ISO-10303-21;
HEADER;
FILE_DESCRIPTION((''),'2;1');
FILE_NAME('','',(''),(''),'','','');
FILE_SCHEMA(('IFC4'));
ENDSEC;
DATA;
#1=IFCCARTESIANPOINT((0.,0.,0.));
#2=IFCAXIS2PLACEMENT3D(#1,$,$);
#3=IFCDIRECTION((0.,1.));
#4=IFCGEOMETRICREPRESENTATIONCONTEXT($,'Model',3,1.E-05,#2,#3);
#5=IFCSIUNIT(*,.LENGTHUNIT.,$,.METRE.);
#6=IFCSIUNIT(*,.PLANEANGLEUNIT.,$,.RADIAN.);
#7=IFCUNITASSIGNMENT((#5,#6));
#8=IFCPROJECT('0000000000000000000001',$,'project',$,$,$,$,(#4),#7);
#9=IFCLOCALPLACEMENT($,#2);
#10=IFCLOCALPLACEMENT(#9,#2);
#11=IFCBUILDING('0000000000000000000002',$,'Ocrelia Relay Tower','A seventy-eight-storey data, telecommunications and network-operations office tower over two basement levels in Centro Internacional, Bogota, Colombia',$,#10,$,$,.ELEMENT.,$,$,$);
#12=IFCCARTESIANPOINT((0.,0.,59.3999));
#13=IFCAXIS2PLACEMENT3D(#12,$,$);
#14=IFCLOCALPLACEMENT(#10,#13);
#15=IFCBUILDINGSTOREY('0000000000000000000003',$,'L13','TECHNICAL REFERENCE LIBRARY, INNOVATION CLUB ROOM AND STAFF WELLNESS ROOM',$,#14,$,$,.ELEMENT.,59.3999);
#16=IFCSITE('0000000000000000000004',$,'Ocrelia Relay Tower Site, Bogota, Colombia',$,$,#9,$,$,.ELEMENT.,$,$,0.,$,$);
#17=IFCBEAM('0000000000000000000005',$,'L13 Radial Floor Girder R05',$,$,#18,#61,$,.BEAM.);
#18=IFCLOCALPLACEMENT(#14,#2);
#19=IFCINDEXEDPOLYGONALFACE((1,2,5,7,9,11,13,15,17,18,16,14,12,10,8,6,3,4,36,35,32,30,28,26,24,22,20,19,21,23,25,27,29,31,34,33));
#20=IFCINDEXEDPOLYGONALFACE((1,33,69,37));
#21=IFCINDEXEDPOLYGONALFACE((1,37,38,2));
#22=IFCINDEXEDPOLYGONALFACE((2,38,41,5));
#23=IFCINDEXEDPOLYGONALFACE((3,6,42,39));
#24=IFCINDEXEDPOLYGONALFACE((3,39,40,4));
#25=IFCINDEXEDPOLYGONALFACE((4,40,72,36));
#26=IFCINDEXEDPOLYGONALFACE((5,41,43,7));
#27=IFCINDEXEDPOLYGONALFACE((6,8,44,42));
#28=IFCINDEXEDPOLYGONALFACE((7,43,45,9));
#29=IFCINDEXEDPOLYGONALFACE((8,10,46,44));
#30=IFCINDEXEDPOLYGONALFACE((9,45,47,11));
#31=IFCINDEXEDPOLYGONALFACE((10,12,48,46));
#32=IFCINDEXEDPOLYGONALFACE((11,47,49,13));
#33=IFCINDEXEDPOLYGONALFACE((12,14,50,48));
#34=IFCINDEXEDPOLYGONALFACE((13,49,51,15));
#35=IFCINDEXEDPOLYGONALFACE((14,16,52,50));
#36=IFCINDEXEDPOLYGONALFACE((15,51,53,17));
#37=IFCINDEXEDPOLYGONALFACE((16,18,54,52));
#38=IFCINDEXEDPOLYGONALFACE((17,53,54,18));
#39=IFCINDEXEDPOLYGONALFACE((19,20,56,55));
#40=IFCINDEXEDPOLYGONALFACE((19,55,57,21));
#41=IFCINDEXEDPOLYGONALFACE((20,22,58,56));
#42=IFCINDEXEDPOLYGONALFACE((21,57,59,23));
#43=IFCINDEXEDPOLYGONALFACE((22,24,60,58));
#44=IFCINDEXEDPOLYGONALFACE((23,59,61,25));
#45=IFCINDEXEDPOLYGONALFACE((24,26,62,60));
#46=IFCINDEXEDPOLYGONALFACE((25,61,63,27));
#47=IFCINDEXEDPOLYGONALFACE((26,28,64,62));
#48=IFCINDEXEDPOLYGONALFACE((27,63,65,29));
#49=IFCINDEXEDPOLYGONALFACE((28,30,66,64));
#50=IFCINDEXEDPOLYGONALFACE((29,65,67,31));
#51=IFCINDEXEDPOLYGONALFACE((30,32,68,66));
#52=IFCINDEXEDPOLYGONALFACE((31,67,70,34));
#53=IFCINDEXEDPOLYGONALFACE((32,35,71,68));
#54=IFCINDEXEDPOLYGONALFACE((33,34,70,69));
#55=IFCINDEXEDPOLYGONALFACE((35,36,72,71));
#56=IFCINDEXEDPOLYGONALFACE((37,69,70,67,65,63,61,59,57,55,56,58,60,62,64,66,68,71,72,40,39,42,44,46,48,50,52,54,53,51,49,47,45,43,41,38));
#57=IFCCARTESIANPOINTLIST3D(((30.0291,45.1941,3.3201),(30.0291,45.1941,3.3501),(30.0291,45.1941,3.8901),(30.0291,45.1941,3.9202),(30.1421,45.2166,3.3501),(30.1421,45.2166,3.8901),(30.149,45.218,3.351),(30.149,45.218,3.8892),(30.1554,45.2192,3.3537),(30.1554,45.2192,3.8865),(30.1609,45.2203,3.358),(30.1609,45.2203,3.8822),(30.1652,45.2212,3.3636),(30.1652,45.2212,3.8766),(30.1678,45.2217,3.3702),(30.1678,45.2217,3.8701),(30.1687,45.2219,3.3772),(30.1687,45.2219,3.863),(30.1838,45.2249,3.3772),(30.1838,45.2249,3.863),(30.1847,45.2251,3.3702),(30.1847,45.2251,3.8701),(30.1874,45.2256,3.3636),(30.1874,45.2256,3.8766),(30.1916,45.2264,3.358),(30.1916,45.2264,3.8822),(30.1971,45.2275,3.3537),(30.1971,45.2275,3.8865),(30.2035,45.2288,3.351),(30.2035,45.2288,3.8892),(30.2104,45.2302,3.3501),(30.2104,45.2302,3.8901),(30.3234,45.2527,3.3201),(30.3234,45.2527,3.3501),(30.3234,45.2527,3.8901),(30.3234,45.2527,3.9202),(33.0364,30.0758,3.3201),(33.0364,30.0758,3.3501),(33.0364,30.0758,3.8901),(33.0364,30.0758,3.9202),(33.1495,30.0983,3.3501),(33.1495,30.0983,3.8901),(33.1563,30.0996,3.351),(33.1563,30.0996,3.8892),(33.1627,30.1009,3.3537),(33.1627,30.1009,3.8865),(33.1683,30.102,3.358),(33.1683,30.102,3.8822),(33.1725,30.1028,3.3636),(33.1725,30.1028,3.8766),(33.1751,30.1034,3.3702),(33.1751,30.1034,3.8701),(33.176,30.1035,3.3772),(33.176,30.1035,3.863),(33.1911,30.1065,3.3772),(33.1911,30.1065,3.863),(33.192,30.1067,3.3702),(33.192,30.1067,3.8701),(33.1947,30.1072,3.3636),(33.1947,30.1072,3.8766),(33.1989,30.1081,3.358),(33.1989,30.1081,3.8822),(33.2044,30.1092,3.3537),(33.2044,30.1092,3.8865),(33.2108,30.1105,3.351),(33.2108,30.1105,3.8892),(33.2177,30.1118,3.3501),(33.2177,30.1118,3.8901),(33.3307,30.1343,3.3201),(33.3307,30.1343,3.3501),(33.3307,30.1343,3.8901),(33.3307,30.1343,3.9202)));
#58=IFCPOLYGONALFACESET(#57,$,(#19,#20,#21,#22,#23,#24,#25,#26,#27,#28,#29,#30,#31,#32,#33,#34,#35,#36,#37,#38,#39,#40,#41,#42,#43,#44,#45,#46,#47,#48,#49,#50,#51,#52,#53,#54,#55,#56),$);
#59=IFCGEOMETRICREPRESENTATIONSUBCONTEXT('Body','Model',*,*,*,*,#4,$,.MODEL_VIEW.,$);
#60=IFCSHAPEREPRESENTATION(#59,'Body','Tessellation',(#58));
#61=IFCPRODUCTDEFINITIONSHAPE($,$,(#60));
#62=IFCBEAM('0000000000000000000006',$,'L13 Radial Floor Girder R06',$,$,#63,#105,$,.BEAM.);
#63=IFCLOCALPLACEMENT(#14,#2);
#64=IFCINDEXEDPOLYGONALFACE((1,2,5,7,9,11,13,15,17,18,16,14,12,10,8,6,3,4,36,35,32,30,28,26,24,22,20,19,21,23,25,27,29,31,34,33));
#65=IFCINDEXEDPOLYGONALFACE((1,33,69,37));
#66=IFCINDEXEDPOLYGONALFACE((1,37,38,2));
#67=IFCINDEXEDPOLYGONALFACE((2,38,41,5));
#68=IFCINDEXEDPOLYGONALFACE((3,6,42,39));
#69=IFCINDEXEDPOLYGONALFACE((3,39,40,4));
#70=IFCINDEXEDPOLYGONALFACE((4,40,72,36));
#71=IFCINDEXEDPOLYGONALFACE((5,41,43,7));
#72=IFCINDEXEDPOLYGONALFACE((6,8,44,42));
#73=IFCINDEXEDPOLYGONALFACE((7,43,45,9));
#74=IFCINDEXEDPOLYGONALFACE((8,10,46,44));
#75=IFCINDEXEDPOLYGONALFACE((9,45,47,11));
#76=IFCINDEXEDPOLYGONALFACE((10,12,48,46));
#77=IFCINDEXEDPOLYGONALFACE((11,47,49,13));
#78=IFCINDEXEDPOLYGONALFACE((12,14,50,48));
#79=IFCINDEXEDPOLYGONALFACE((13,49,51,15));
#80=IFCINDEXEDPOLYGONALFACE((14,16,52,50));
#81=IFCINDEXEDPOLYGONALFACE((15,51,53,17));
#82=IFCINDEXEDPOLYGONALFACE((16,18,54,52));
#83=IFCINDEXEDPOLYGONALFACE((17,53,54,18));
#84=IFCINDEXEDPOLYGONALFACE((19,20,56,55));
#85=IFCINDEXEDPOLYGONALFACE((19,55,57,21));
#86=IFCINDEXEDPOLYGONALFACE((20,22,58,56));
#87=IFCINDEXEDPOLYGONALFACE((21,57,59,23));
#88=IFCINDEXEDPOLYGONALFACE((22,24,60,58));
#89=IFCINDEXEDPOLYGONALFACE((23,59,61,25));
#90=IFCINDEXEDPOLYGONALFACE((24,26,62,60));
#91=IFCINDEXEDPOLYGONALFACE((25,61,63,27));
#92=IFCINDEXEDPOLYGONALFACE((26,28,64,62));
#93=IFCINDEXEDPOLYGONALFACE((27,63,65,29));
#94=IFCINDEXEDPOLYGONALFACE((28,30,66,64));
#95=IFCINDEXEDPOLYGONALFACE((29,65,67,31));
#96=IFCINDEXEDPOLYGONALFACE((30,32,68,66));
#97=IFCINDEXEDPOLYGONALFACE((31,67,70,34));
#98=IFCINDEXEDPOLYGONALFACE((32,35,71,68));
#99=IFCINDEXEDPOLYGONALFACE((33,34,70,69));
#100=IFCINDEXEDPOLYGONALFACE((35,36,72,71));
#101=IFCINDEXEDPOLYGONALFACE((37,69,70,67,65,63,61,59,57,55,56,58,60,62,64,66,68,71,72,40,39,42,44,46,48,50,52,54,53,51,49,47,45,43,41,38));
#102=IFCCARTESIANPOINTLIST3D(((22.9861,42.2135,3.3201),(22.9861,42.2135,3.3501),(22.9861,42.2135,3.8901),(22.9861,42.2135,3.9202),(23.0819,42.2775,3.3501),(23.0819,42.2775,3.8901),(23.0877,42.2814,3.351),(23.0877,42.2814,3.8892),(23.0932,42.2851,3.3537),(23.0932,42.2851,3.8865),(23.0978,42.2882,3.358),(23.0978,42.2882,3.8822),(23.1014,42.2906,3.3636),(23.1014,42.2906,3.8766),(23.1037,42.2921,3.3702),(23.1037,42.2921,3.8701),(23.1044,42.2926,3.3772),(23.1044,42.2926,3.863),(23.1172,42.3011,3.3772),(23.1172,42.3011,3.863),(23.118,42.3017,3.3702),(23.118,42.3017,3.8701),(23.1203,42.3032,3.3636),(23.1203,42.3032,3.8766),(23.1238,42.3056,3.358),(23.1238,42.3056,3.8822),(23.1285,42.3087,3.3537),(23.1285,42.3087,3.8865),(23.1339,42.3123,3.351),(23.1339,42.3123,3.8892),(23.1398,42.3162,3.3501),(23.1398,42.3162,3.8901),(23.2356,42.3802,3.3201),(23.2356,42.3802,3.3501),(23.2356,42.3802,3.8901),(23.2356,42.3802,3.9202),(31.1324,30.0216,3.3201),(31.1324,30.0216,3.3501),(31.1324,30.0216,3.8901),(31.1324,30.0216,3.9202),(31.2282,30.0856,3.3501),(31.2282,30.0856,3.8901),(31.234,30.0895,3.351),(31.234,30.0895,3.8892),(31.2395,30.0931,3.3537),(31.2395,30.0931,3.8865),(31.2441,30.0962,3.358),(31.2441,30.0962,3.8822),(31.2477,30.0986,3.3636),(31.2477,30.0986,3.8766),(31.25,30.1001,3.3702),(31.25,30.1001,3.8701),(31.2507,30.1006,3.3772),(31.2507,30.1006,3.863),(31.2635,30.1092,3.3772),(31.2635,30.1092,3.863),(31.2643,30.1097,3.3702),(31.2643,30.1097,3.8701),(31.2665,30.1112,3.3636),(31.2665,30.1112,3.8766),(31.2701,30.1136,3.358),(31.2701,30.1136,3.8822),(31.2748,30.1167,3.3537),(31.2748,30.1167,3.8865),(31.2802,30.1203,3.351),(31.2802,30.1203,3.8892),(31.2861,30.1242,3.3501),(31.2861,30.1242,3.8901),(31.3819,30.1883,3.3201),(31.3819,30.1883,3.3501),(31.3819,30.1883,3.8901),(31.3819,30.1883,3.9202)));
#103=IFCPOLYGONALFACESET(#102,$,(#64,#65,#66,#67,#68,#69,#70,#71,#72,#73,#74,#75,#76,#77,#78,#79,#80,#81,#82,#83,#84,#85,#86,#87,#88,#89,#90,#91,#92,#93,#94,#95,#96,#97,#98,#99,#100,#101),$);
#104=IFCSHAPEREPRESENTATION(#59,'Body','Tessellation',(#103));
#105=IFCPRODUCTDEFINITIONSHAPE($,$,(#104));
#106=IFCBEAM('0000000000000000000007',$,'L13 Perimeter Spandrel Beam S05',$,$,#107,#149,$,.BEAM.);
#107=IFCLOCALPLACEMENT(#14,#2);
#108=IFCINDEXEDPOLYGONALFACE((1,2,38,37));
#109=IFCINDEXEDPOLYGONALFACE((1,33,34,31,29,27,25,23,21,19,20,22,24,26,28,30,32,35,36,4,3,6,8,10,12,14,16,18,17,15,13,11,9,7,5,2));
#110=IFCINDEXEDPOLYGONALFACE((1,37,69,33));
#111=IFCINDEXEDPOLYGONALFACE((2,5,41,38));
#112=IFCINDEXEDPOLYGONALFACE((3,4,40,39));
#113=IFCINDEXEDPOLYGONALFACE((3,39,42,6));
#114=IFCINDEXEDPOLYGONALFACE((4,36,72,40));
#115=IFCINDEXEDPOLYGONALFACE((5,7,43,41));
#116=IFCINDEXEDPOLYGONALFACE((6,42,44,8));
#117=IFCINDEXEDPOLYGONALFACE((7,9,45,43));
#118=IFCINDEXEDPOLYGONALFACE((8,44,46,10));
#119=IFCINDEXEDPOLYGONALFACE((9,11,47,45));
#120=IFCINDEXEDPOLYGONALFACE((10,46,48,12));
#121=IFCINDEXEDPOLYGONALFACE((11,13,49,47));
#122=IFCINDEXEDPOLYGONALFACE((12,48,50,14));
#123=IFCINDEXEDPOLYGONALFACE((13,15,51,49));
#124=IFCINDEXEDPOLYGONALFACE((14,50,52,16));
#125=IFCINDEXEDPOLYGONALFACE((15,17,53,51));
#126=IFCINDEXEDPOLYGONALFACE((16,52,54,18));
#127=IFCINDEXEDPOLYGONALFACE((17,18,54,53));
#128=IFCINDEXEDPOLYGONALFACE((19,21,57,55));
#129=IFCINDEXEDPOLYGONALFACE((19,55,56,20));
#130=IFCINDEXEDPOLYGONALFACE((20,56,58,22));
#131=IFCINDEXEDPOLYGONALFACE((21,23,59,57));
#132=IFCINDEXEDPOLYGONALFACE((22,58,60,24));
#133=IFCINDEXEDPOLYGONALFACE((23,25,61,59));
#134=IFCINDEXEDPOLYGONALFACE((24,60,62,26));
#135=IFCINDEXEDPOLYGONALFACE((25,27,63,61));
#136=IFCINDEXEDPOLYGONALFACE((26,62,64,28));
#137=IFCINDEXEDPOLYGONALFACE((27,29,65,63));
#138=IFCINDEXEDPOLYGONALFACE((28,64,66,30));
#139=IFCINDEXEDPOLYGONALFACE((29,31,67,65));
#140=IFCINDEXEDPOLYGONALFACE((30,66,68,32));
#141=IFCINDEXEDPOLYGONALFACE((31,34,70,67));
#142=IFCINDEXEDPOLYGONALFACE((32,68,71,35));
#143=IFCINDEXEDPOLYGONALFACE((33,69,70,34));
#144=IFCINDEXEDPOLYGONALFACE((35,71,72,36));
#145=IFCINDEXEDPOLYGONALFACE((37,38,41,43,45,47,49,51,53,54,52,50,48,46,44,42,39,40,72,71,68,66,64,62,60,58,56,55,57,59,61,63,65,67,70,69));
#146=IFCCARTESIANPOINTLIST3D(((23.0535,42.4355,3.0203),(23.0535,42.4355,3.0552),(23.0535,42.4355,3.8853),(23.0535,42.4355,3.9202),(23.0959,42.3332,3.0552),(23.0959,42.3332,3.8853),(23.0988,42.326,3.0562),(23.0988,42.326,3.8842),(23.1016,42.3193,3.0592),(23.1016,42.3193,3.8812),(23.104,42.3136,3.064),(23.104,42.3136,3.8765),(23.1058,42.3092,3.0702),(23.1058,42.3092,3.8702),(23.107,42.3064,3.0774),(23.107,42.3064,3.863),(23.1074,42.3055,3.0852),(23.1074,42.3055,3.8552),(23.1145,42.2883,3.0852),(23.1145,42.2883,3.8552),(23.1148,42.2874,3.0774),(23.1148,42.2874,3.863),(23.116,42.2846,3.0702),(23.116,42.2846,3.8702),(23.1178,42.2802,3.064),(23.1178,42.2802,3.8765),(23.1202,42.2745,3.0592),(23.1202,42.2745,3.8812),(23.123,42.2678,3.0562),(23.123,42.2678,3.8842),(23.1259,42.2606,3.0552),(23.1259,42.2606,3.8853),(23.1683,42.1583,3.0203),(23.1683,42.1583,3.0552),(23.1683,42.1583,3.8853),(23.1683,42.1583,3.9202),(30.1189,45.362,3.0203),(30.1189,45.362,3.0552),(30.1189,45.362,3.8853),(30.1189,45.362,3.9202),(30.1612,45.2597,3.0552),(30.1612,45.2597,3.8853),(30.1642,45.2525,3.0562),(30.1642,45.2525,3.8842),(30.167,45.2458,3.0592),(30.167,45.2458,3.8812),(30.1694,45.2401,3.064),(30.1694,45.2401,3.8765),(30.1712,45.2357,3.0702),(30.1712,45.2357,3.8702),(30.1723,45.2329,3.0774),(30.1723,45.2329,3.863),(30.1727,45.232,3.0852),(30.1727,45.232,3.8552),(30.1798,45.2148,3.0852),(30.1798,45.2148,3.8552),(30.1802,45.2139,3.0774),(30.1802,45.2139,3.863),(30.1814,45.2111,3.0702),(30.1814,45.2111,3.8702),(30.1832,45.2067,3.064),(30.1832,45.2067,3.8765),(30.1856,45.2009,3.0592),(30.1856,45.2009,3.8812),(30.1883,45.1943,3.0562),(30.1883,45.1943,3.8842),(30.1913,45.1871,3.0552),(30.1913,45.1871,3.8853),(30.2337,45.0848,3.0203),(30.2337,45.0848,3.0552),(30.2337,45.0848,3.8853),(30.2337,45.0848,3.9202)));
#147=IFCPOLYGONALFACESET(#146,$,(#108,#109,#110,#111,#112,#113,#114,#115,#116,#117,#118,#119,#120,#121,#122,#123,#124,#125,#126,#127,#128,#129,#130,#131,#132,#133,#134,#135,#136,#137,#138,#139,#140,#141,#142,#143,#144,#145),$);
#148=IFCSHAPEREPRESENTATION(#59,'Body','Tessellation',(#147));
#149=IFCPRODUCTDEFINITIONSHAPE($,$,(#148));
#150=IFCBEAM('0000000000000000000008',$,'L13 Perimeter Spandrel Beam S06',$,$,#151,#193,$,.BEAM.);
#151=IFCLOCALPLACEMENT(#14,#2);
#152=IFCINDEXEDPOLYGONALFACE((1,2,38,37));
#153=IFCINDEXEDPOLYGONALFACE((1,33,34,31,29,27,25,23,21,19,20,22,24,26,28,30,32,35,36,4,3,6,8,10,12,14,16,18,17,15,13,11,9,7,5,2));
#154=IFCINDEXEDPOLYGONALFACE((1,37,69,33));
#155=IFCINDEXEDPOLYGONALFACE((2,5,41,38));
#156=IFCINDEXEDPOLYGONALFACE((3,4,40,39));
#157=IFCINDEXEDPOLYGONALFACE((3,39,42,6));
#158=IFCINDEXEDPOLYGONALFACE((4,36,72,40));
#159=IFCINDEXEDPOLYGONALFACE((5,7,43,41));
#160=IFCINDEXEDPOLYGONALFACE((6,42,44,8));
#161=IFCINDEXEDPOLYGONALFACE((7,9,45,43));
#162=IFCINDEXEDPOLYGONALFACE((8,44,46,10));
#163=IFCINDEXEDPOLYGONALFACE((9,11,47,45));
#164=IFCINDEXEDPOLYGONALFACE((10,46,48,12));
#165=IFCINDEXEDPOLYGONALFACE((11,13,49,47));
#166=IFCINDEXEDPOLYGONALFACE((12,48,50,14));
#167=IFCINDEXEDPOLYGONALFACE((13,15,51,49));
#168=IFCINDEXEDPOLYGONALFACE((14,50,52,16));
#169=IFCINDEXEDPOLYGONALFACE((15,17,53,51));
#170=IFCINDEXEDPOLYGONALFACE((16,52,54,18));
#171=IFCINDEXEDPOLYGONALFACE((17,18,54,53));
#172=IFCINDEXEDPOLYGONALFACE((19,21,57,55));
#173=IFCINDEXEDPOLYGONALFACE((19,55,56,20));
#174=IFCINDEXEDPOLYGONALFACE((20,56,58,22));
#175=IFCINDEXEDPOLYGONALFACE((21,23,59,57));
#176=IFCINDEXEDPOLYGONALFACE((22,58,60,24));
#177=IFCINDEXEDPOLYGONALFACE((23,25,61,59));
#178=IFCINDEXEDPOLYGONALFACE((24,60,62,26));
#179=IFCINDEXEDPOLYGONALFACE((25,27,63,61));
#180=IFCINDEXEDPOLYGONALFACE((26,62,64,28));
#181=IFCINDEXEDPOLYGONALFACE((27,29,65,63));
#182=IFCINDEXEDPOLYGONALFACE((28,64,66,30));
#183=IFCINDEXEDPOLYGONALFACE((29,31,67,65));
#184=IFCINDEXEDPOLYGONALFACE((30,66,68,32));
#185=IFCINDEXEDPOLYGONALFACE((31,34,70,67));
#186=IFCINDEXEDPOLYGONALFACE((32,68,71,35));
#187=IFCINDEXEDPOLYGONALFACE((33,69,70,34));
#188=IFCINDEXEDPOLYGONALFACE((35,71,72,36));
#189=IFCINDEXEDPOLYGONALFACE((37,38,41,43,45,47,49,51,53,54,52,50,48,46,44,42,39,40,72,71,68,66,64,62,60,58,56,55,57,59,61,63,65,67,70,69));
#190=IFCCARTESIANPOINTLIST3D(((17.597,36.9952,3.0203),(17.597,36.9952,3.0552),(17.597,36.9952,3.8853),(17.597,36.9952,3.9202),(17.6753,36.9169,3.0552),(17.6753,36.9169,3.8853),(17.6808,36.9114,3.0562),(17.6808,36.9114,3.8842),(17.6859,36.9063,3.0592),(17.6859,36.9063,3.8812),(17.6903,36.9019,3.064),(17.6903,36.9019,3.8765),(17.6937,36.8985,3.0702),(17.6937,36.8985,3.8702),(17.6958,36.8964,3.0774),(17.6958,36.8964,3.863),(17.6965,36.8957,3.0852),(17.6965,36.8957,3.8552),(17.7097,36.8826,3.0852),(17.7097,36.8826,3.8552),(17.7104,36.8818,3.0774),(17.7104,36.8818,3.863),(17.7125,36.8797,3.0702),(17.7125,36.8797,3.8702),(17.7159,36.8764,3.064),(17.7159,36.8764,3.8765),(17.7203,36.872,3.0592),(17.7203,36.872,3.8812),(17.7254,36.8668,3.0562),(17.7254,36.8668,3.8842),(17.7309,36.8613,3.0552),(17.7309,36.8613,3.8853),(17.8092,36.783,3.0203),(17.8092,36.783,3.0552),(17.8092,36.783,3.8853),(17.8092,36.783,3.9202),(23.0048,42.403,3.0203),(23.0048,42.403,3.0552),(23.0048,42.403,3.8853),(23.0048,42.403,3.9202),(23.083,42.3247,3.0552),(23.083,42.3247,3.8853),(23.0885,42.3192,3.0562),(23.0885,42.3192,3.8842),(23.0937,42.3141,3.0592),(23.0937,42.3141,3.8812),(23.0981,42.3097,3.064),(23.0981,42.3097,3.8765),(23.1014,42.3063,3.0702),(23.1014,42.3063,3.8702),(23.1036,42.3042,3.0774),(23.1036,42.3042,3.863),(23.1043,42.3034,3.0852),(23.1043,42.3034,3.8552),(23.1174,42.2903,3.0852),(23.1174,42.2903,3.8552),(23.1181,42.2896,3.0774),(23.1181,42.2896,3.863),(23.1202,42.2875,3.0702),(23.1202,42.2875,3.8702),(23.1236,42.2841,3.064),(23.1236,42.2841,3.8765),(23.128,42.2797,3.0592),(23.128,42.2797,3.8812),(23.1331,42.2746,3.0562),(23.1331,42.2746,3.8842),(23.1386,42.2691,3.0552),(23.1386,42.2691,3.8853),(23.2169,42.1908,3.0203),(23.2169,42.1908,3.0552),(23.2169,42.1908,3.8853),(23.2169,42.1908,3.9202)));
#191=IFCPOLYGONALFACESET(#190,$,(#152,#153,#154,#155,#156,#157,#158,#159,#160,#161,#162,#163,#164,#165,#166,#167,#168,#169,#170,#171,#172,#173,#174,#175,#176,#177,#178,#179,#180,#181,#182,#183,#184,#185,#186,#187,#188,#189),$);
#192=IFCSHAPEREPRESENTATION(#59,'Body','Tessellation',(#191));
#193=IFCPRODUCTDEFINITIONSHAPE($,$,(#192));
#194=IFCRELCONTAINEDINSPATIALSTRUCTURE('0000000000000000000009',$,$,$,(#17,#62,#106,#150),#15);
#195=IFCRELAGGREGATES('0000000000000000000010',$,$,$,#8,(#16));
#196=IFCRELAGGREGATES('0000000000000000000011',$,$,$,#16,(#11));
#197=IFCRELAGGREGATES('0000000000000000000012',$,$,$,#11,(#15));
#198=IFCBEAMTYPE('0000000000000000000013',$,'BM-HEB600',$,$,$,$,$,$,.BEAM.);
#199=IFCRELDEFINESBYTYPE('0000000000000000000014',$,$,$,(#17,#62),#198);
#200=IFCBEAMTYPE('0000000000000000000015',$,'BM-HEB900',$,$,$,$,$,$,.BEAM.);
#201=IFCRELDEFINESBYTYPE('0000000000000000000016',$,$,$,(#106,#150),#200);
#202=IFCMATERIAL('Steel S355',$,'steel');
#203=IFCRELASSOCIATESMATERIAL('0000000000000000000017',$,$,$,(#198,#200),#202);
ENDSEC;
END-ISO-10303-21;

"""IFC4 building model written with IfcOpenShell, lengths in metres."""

from ifc_helpers import new_model, si_unit, direction, frame, origin, origin_2d, place, context, subcontext, project, spatial, i_section, extrude, material, material_profile, profile_set, type_object, element, save


model = new_model("IFC4")

# Units and contexts
model_context = context("Model", 3, precision=1e-05, world=origin(), true_north=direction((0.0, 1.0)))
body_context = subcontext(model_context, "Body", "Model", "MODEL_VIEW")
ifc_project = project(units=[si_unit("LENGTHUNIT", "METRE"), si_unit("PLANEANGLEUNIT", "RADIAN")], contexts=[model_context])

# Site, building, storey
site_placement = place(None, origin())
site = spatial("IfcSite", under=ifc_project, at=site_placement, Name="Ocrelia Relay Tower Site, Bogota, Colombia", CompositionType="ELEMENT", RefElevation=0.0)
building_placement = place(site_placement, origin())
building = spatial("IfcBuilding", under=site, at=building_placement, Name="Ocrelia Relay Tower", Description="A seventy-eight-storey data, telecommunications and network-operations office tower over two basement levels in Centro Internacional, Bogota, Colombia", CompositionType="ELEMENT")
storey_placement = place(building_placement, frame((0.0, 0.0, 59.3999)))
storey = spatial("IfcBuildingStorey", under=building, at=storey_placement, Name="L13", Description="TECHNICAL REFERENCE LIBRARY, INNOVATION CLUB ROOM AND STAFF WELLNESS ROOM", CompositionType="ELEMENT", Elevation=59.3999)

# Beams
ifc_material_1 = material(Name="Steel S355", Category="steel")
ifc_material_profile_1 = material_profile(ifc_material_1, i_section(OverallWidth=0.3, OverallDepth=0.6001, WebThickness=0.0154, FlangeThickness=0.03, FilletRadius=0.0271, at=origin_2d()), Name="HEB 600")
ifc_profile_set_1 = profile_set([ifc_material_profile_1], Name="Steel S355")
beam_type_1 = type_object("IfcBeamType", Name="BM-HEB600", PredefinedType="BEAM", material=ifc_profile_set_1)
beam_1_placement = place(storey_placement, frame((30.1763, 45.2234, 3.6201), z_axis=(0.195096, -0.980784, 0.0), x_axis=(0.980784, 0.195096, 0.0)))
element("IfcBeam", 1, at=beam_1_placement, inside=storey, type_object=beam_type_1, Name="L13 Radial Floor Girder R05", PredefinedType="BEAM", context=body_context, shape_type="SweptSolid", body=[
    extrude(i_section(OverallWidth=0.3, OverallDepth=0.6001, WebThickness=0.0154, FlangeThickness=0.03, FilletRadius=0.0271, at=origin_2d()), origin(), (0.0, 0.0, 1.0), 15.4146),
])
beam_2_placement = place(storey_placement, frame((23.1108, 42.2969, 3.6201), z_axis=(0.555564, -0.831473, 0.0), x_axis=(0.831473, 0.555564, 0.0)))
element("IfcBeam", 2, at=beam_2_placement, inside=storey, type_object=beam_type_1, Name="L13 Radial Floor Girder R06", PredefinedType="BEAM", context=body_context, shape_type="SweptSolid", body=[
    extrude(i_section(OverallWidth=0.3, OverallDepth=0.6001, WebThickness=0.0154, FlangeThickness=0.03, FilletRadius=0.0271, at=origin_2d()), origin(), (0.0, 0.0, 1.0), 14.6631),
])
ifc_material_profile_2 = material_profile(ifc_material_1, i_section(OverallWidth=0.3, OverallDepth=0.8999, WebThickness=0.0186, FlangeThickness=0.0349, FilletRadius=0.03, at=origin_2d()), Name="HEB 900")
ifc_profile_set_2 = profile_set([ifc_material_profile_2], Name="Steel S355")
beam_type_2 = type_object("IfcBeamType", Name="BM-HEB900", PredefinedType="BEAM", material=ifc_profile_set_2)
beam_3_placement = place(storey_placement, frame((30.1763, 45.2234, 3.4702), z_axis=(-0.923883, -0.382674, 0.0), x_axis=(0.382674, -0.923883, 0.0)))
element("IfcBeam", 3, at=beam_3_placement, inside=storey, type_object=beam_type_2, Name="L13 Perimeter Spandrel Beam S05", PredefinedType="BEAM", context=body_context, shape_type="SweptSolid", body=[
    extrude(i_section(OverallWidth=0.3, OverallDepth=0.8999, WebThickness=0.0186, FlangeThickness=0.0349, FilletRadius=0.03, at=origin_2d()), origin(), (0.0, 0.0, 1.0), 7.6475),
])
beam_4_placement = place(storey_placement, frame((23.1108, 42.2969, 3.4702), z_axis=(-0.707107, -0.707107, 0.0), x_axis=(0.707107, -0.707107, 0.0)))
element("IfcBeam", 4, at=beam_4_placement, inside=storey, type_object=beam_type_2, Name="L13 Perimeter Spandrel Beam S06", PredefinedType="BEAM", context=body_context, shape_type="SweptSolid", body=[
    extrude(i_section(OverallWidth=0.3, OverallDepth=0.8999, WebThickness=0.0186, FlangeThickness=0.0349, FilletRadius=0.03, at=origin_2d()), origin(), (0.0, 0.0, 1.0), 7.6477),
])

save(model, "model.ifc")
